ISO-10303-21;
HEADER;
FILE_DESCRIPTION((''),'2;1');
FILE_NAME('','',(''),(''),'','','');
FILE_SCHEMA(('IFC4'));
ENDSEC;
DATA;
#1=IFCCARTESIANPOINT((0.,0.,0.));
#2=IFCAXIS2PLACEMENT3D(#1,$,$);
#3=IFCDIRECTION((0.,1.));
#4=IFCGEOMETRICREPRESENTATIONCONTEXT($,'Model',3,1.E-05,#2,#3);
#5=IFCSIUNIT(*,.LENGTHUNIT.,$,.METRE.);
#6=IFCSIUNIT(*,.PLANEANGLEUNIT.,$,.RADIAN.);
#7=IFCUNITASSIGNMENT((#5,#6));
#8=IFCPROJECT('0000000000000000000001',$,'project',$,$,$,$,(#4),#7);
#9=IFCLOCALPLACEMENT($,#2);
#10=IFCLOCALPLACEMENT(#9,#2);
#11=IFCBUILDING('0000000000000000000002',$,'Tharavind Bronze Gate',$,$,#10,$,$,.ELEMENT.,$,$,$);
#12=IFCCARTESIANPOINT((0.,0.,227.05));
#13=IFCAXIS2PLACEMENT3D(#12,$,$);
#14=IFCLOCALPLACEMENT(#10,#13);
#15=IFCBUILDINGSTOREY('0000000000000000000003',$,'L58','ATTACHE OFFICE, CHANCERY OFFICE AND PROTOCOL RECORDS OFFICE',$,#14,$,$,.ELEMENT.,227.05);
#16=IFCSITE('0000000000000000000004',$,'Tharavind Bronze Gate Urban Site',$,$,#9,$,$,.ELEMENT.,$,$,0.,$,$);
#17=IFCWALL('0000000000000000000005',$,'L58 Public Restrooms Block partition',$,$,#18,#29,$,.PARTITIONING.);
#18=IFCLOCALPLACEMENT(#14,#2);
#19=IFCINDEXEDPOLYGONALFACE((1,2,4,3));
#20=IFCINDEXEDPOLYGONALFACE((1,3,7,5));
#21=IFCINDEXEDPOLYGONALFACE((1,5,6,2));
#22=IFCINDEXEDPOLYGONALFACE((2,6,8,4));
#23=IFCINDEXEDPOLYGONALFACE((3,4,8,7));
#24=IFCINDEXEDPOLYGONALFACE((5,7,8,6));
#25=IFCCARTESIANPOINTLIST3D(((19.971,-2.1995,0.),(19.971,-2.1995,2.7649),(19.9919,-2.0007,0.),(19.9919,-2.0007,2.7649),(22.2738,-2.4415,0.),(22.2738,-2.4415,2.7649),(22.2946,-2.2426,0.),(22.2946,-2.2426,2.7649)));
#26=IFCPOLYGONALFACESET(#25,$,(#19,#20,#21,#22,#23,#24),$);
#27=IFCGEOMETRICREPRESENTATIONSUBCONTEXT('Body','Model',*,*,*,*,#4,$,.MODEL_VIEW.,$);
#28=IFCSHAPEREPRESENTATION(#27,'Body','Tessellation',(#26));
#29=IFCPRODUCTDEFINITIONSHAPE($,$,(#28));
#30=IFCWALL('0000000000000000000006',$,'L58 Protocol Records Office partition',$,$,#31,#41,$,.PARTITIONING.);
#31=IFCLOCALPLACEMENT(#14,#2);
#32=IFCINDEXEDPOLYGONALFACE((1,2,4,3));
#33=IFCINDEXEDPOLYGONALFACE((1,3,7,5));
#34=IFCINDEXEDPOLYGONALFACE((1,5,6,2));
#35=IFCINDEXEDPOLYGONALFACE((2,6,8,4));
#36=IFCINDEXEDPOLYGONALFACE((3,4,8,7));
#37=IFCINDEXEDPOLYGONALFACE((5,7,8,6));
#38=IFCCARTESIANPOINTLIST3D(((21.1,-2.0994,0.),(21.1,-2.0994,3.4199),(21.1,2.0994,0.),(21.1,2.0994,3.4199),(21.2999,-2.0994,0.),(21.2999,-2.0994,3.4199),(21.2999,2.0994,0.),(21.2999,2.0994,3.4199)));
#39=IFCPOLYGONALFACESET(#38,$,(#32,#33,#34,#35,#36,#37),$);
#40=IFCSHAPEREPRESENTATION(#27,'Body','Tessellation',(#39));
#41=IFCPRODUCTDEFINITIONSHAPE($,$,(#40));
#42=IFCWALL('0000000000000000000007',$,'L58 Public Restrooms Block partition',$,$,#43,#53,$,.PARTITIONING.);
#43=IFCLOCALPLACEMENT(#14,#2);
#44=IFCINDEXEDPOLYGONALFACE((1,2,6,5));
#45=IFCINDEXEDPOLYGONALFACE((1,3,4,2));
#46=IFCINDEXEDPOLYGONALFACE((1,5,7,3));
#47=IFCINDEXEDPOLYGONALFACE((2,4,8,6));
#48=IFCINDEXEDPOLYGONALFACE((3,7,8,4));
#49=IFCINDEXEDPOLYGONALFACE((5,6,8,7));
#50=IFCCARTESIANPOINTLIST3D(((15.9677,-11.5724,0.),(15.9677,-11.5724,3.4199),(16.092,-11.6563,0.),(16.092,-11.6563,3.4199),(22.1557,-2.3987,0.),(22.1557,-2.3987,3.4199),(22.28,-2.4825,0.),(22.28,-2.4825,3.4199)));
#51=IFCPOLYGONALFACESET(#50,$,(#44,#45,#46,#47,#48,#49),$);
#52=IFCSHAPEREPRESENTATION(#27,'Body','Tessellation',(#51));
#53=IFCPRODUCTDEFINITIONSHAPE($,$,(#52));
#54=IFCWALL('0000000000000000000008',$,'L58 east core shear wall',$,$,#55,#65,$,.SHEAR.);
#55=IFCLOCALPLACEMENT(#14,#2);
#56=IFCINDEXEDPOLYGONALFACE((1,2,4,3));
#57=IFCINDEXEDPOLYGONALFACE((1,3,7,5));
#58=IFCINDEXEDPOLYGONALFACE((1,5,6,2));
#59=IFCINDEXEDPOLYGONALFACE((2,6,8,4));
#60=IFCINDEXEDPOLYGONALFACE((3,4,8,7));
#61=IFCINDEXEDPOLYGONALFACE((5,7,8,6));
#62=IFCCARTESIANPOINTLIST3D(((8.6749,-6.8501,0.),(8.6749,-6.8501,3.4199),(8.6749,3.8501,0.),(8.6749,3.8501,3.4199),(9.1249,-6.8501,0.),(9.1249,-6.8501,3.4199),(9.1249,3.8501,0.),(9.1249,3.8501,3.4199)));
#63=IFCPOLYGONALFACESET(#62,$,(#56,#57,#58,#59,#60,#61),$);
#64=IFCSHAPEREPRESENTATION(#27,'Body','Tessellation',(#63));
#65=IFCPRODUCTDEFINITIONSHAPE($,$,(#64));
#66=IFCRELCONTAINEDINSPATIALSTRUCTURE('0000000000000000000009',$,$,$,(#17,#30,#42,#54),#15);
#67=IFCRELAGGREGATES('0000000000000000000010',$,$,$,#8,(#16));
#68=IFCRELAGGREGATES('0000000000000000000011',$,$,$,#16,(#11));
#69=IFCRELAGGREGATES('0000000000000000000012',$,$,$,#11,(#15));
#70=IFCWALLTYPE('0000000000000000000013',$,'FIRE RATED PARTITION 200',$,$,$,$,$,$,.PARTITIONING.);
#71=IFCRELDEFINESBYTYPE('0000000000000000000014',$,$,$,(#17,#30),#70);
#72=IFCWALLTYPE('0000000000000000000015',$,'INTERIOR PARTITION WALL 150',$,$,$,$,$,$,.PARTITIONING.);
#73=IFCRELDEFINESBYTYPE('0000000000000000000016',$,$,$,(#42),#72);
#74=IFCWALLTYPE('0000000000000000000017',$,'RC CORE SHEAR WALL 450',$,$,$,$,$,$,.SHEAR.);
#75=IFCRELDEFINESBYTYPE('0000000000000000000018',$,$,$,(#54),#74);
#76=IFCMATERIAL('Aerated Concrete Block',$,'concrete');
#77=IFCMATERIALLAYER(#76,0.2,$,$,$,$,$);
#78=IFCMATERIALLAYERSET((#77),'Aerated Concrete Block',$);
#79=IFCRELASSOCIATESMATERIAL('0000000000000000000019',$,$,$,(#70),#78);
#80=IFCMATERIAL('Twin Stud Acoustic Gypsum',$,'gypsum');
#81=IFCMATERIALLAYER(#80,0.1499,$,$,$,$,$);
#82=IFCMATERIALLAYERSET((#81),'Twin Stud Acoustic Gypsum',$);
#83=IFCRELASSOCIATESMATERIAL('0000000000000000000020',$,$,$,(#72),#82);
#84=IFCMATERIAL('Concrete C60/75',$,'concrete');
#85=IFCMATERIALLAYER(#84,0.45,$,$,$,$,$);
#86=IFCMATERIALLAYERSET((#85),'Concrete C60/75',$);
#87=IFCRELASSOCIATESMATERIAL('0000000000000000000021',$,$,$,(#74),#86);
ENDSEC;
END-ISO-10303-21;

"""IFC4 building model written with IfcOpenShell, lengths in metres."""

from ifc_helpers import new_model, si_unit, direction, frame, frame_2d, origin, place, context, subcontext, project, spatial, rectangle, extrude, material, layer, layer_set, type_object, element, save


model = new_model("IFC4")

# Units and contexts
model_context = context("Model", 3, precision=1e-05, world=origin(), true_north=direction((0.0, 1.0)))
body_context = subcontext(model_context, "Body", "Model", "MODEL_VIEW")
ifc_project = project(units=[si_unit("LENGTHUNIT", "METRE"), si_unit("PLANEANGLEUNIT", "RADIAN")], contexts=[model_context])

# Site, building, storey
site_placement = place(None, origin())
site = spatial("IfcSite", under=ifc_project, at=site_placement, Name="Tharavind Bronze Gate Urban Site", CompositionType="ELEMENT", RefElevation=0.0)
building_placement = place(site_placement, origin())
building = spatial("IfcBuilding", under=site, at=building_placement, Name="Tharavind Bronze Gate", CompositionType="ELEMENT")
storey_placement = place(building_placement, frame((0.0, 0.0, 227.05)))
storey = spatial("IfcBuildingStorey", under=building, at=storey_placement, Name="L58", Description="ATTACHE OFFICE, CHANCERY OFFICE AND PROTOCOL RECORDS OFFICE", CompositionType="ELEMENT", Elevation=227.05)

# Shared definitions
ifc_material_1 = material(Name="Aerated Concrete Block", Category="concrete")
ifc_layer_1 = layer(ifc_material_1, 0.2)
ifc_layer_set_1 = layer_set([ifc_layer_1], Name="Aerated Concrete Block")
wall_type_1 = type_object("IfcWallType", Name="FIRE RATED PARTITION 200", PredefinedType="PARTITIONING", material=ifc_layer_set_1)

# Walls
wall_1_placement = place(storey_placement, frame((19.9814, -2.1001, 0.0), z_axis=(0.0, 0.0, 1.0), x_axis=(0.994526, -0.104493, 0.0)))
element("IfcWall", 1, at=wall_1_placement, inside=storey, type_object=wall_type_1, Name="L58 Public Restrooms Block partition", PredefinedType="PARTITIONING", context=body_context, shape_type="SweptSolid", body=[
    extrude(rectangle(XDim=2.3154, YDim=0.2, at=frame_2d((1.1577, 0.0))), origin(), (0.0, 0.0, 1.0), 2.7649),
])
wall_2_placement = place(storey_placement, frame((21.2, -2.0994, 0.0), z_axis=(0.0, 0.0, 1.0), x_axis=(0.0, 1.0, 0.0)))
element("IfcWall", 2, at=wall_2_placement, inside=storey, type_object=wall_type_1, Name="L58 Protocol Records Office partition", PredefinedType="PARTITIONING", context=body_context, shape_type="SweptSolid", body=[
    extrude(rectangle(XDim=4.1987, YDim=0.2, at=frame_2d((2.0994, 0.0))), origin(), (0.0, 0.0, 1.0), 3.4199),
])
ifc_material_2 = material(Name="Twin Stud Acoustic Gypsum", Category="gypsum")
ifc_layer_2 = layer(ifc_material_2, 0.1499)
ifc_layer_set_2 = layer_set([ifc_layer_2], Name="Twin Stud Acoustic Gypsum")
wall_type_2 = type_object("IfcWallType", Name="INTERIOR PARTITION WALL 150", PredefinedType="PARTITIONING", material=ifc_layer_set_2)
wall_3_placement = place(storey_placement, frame((22.2178, -2.4407, 0.0), z_axis=(0.0, 0.0, 1.0), x_axis=(-0.559203, -0.829031, 0.0)))
element("IfcWall", 3, at=wall_3_placement, inside=storey, type_object=wall_type_2, Name="L58 Public Restrooms Block partition", PredefinedType="PARTITIONING", context=body_context, shape_type="SweptSolid", body=[
    extrude(rectangle(XDim=11.0657, YDim=0.1499, at=frame_2d((5.5327, 0.0))), origin(), (0.0, 0.0, 1.0), 3.4199),
])
ifc_material_3 = material(Name="Concrete C60/75", Category="concrete")
ifc_layer_3 = layer(ifc_material_3, 0.45)
ifc_layer_set_3 = layer_set([ifc_layer_3], Name="Concrete C60/75")
wall_type_3 = type_object("IfcWallType", Name="RC CORE SHEAR WALL 450", PredefinedType="SHEAR", material=ifc_layer_set_3)
wall_4_placement = place(storey_placement, frame((8.8999, -6.8501, 0.0), z_axis=(0.0, 0.0, 1.0), x_axis=(0.0, 1.0, 0.0)))
element("IfcWall", 4, at=wall_4_placement, inside=storey, type_object=wall_type_3, Name="L58 east core shear wall", PredefinedType="SHEAR", context=body_context, shape_type="SweptSolid", body=[
    extrude(rectangle(XDim=10.7002, YDim=0.45, at=frame_2d((5.3501, 0.0))), origin(), (0.0, 0.0, 1.0), 3.4199),
])

save(model, "model.ifc")
